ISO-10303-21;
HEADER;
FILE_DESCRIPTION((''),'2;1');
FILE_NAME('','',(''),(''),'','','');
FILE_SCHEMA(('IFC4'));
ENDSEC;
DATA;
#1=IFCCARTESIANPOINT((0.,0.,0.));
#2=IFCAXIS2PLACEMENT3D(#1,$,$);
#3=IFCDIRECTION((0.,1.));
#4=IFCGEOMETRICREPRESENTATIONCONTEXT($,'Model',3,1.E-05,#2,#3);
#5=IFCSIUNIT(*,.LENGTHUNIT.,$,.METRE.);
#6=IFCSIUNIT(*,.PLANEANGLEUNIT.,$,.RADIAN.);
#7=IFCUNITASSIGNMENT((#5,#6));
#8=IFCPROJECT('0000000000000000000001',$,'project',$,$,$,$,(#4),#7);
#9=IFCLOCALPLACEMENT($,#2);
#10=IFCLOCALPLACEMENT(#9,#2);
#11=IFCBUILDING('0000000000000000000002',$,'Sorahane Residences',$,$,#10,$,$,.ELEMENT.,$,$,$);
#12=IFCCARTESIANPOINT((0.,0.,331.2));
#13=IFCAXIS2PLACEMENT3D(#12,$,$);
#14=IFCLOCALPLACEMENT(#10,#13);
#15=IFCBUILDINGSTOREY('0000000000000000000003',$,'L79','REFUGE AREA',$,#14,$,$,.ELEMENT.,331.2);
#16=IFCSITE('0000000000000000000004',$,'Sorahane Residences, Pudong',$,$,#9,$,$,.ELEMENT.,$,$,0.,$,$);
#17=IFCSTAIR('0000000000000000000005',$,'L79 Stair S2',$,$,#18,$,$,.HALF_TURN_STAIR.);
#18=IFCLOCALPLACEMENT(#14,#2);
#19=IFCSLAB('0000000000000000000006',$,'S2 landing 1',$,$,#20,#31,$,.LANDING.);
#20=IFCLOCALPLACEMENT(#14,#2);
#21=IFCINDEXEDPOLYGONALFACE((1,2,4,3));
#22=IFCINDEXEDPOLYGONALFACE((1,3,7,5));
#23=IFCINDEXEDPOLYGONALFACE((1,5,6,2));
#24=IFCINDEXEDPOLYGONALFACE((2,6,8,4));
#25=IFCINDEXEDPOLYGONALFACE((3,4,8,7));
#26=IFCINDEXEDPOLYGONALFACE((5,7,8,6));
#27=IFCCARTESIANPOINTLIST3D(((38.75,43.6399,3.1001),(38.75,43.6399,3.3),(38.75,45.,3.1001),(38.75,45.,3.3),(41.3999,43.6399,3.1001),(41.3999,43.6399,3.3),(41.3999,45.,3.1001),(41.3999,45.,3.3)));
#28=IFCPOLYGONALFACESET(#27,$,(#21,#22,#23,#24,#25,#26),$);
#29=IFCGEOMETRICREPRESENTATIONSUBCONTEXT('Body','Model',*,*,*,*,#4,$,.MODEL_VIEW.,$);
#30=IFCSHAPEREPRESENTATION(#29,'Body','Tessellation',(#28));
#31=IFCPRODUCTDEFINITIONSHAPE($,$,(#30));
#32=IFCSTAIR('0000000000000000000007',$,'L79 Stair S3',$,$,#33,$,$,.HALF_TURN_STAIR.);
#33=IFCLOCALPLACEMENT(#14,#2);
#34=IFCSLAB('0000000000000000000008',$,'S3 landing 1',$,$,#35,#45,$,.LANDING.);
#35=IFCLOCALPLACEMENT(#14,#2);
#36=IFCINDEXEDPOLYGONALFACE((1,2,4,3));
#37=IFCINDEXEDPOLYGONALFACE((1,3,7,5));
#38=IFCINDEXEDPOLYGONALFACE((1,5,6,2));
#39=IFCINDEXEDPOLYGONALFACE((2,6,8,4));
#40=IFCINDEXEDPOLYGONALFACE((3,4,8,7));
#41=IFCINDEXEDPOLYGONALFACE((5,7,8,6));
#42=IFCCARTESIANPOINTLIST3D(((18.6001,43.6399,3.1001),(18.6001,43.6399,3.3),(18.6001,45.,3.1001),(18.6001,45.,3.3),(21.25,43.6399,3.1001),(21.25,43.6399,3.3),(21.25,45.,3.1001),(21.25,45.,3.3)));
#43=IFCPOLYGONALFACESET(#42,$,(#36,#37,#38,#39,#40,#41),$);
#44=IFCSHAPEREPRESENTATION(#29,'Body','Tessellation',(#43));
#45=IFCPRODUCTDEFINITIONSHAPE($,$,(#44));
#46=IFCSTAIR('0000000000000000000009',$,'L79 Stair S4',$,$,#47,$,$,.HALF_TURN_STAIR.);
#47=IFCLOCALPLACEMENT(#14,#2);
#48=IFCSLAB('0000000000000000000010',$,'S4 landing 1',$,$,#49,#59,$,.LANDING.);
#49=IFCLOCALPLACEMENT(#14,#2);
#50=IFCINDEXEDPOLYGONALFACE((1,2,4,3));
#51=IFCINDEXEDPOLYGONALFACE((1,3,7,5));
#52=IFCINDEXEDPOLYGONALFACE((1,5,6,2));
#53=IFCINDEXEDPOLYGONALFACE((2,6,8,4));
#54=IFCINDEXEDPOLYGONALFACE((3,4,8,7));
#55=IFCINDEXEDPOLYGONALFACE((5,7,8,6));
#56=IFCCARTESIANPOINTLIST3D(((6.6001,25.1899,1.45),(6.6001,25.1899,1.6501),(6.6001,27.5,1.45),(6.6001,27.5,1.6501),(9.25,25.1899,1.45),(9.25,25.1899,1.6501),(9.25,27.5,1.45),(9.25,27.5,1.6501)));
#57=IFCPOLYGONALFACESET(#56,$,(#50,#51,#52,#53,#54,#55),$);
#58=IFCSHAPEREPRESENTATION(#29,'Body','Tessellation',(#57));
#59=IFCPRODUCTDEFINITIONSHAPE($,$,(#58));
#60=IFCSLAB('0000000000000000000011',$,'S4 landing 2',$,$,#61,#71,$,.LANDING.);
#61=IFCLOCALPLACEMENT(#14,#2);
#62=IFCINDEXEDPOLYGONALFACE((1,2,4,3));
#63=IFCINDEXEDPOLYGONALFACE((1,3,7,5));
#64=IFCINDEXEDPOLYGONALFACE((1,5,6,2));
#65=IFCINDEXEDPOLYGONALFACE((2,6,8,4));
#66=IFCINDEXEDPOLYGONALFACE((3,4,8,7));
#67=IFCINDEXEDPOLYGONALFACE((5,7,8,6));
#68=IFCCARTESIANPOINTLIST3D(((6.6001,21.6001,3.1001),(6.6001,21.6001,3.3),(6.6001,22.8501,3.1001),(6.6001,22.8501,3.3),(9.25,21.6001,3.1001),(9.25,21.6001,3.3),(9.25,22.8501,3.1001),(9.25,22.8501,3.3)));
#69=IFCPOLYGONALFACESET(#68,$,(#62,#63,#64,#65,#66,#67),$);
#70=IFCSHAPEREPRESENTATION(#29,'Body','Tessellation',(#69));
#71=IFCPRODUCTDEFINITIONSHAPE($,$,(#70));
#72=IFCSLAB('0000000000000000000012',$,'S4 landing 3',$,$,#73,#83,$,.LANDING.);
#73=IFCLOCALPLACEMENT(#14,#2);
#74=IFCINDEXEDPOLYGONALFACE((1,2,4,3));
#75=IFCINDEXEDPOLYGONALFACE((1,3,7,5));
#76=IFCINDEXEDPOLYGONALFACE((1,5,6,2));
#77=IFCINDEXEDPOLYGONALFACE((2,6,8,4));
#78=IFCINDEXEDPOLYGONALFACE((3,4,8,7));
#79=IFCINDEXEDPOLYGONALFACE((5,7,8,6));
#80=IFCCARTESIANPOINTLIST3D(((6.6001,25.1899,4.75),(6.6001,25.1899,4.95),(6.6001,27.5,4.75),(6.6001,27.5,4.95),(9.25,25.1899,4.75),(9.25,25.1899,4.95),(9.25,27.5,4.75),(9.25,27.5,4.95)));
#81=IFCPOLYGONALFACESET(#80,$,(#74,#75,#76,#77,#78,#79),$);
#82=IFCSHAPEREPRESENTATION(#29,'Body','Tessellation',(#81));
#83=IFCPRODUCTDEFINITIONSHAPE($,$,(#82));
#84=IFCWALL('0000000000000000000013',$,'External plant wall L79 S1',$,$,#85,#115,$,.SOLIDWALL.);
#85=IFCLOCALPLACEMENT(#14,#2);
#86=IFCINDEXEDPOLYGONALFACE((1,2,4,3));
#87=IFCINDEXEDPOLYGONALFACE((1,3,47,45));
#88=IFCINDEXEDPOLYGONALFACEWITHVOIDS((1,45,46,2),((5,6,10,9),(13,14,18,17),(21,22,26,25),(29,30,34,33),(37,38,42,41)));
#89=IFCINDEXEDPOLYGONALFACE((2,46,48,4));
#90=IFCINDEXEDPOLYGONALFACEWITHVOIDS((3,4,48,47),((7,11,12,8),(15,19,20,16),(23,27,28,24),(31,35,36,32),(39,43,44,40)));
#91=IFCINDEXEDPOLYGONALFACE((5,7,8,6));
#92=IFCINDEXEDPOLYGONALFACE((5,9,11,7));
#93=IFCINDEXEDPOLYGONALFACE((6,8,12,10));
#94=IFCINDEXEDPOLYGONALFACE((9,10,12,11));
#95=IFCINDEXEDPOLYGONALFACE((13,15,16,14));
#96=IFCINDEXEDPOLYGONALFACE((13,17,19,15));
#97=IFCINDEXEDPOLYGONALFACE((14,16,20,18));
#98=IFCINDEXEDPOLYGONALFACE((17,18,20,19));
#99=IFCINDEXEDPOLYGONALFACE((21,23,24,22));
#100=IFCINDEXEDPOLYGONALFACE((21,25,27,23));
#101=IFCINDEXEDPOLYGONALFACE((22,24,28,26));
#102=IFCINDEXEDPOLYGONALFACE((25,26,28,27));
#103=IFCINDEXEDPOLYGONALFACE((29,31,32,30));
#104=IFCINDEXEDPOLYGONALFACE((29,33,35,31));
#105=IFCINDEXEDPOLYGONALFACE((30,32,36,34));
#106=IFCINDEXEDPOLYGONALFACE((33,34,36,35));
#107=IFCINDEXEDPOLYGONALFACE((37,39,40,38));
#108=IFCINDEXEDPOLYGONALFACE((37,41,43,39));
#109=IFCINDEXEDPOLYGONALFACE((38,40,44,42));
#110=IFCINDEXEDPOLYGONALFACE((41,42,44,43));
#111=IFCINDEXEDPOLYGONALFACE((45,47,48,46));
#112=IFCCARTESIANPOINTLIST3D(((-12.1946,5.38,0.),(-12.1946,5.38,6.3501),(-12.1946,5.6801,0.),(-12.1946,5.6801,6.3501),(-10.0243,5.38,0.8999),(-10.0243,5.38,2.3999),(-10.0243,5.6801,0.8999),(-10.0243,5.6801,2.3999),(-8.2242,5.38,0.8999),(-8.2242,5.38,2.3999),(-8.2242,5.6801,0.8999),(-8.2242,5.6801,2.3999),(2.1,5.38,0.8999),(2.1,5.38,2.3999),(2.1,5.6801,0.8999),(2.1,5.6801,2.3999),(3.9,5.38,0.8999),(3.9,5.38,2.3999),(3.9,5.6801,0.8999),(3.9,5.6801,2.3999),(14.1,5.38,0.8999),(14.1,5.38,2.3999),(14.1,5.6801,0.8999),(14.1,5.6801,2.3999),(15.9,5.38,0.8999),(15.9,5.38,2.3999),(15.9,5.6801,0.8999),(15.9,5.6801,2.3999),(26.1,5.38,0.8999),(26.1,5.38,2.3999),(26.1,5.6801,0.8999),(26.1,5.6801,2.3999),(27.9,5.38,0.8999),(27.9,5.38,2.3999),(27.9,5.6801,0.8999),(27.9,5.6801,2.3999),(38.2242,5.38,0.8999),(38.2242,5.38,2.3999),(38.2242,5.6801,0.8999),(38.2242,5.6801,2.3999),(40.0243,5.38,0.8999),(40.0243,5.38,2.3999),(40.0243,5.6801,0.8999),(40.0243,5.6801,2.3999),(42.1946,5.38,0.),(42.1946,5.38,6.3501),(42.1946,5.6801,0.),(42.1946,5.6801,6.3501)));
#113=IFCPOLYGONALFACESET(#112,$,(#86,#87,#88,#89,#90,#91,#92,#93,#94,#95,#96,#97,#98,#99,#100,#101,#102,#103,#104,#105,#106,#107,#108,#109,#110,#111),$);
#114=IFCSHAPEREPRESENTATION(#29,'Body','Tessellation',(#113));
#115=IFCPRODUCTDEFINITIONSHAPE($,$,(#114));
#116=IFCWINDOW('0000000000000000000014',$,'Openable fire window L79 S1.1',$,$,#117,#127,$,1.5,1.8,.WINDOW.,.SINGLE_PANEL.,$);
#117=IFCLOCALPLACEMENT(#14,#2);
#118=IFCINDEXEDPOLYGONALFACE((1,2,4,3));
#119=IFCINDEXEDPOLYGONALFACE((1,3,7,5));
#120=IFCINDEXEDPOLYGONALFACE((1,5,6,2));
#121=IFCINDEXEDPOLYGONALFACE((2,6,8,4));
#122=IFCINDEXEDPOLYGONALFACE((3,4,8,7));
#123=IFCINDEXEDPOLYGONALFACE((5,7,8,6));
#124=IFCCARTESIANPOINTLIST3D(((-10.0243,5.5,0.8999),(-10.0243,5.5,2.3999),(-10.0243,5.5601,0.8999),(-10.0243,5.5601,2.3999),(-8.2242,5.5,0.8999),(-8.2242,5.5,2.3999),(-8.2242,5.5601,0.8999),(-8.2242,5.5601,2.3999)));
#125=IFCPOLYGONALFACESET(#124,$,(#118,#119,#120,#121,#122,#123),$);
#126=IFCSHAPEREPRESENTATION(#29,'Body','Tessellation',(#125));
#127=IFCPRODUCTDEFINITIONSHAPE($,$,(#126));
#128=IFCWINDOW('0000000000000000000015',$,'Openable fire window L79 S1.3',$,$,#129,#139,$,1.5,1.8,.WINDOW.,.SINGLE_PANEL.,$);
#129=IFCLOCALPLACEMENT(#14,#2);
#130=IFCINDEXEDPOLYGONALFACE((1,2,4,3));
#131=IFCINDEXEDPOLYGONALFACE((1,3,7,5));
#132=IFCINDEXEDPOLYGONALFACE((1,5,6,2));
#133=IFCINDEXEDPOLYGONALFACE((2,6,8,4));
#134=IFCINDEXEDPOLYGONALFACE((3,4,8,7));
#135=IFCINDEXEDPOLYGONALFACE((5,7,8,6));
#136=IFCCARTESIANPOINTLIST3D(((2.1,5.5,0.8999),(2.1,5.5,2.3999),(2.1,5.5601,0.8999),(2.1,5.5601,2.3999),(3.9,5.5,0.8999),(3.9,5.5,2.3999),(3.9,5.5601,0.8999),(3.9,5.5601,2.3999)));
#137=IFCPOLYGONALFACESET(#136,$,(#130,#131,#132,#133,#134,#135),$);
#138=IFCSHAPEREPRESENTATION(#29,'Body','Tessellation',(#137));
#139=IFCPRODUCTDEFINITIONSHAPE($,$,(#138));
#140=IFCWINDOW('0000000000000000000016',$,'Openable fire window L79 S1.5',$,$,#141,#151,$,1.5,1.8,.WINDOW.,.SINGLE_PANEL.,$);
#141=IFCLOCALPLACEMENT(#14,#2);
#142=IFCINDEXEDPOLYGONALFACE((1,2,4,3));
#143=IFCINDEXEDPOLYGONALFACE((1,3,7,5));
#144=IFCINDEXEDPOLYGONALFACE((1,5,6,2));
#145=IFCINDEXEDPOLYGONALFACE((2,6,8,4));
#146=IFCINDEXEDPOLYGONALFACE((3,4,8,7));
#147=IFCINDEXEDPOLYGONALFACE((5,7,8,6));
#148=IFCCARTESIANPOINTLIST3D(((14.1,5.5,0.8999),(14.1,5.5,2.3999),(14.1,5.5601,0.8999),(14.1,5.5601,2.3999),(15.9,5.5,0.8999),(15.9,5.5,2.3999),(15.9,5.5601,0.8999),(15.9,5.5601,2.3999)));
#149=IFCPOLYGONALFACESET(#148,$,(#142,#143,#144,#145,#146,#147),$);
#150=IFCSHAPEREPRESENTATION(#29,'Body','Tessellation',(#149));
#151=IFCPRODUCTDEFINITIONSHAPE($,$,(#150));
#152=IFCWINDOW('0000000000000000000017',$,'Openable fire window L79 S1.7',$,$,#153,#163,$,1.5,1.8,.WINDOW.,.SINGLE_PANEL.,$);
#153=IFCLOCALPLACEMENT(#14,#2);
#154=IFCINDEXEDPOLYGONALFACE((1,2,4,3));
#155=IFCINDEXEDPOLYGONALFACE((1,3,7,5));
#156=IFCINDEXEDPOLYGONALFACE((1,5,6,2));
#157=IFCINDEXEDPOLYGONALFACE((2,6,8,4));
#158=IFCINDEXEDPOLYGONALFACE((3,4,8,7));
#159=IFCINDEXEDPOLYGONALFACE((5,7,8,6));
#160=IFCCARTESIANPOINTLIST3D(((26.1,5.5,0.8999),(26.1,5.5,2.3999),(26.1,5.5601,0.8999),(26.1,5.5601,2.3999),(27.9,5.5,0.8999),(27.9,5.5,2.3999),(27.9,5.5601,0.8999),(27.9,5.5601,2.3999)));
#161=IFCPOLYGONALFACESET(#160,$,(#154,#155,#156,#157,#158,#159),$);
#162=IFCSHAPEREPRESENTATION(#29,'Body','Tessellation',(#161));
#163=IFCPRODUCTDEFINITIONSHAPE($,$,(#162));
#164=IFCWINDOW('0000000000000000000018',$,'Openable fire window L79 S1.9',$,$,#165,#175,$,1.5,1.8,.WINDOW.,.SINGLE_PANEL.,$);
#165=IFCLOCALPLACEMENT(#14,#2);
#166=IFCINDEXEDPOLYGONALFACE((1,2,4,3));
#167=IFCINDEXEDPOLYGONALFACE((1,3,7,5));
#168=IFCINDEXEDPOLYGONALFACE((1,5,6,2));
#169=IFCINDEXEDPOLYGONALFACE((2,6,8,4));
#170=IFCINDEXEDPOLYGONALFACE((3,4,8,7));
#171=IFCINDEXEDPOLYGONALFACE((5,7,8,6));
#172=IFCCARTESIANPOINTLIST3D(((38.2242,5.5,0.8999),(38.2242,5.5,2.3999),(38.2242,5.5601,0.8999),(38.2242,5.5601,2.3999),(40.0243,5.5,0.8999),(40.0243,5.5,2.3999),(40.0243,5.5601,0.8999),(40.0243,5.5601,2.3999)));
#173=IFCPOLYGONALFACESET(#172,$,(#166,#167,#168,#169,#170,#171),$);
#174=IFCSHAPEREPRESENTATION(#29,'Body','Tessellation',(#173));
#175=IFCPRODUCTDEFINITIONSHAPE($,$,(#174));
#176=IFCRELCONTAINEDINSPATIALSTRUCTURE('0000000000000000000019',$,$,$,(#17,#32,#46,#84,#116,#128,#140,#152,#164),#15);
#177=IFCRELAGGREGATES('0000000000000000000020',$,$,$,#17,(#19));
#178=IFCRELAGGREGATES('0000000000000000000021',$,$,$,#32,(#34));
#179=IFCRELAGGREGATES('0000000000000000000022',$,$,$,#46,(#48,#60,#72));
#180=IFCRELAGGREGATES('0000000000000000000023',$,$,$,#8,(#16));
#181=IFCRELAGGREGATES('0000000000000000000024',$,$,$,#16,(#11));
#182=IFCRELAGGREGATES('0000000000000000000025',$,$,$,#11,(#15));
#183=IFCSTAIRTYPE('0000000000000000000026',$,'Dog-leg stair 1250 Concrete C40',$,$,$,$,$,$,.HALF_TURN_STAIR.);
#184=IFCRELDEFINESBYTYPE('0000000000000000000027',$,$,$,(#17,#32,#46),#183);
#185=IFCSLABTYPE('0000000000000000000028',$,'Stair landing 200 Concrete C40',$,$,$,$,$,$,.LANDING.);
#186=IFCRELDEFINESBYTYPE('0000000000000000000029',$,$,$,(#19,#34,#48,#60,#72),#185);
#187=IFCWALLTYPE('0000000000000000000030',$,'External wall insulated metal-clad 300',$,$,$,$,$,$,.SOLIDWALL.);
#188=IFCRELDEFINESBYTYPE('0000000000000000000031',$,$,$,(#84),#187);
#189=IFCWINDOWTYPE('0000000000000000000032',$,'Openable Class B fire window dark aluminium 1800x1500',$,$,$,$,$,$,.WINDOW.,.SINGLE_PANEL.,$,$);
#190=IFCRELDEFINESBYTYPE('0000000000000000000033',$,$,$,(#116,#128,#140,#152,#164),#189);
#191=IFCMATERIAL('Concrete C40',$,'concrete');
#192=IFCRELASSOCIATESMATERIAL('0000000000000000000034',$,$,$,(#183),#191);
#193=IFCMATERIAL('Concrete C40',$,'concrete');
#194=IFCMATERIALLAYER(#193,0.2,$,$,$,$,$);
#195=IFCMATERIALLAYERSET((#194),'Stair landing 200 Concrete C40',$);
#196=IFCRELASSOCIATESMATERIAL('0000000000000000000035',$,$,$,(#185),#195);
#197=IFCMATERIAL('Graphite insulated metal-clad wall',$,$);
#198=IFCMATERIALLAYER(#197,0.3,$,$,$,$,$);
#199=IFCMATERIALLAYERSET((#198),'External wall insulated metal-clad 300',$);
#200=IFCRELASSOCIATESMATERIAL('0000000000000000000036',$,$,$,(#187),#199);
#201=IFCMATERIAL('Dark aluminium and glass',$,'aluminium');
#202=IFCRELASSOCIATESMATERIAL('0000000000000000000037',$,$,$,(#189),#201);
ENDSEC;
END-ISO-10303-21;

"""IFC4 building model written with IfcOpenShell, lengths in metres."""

from ifc_helpers import new_model, si_unit, direction, frame, frame_2d, origin, place, context, subcontext, project, spatial, polyline, rectangle, outline, extrude, material, layer, layer_set, type_object, element, fill, aggregate, save


model = new_model("IFC4")

# Units and contexts
model_context = context("Model", 3, precision=1e-05, world=origin(), true_north=direction((0.0, 1.0)))
body_context = subcontext(model_context, "Body", "Model", "MODEL_VIEW")
ifc_project = project(units=[si_unit("LENGTHUNIT", "METRE"), si_unit("PLANEANGLEUNIT", "RADIAN")], contexts=[model_context])

# Site, building, storey
site_placement = place(None, origin())
site = spatial("IfcSite", under=ifc_project, at=site_placement, Name="Sorahane Residences, Pudong", CompositionType="ELEMENT", RefElevation=0.0)
building_placement = place(site_placement, origin())
building = spatial("IfcBuilding", under=site, at=building_placement, Name="Sorahane Residences", CompositionType="ELEMENT")
storey_placement = place(building_placement, frame((0.0, 0.0, 331.2)))
storey = spatial("IfcBuildingStorey", under=building, at=storey_placement, Name="L79", Description="REFUGE AREA", CompositionType="ELEMENT", Elevation=331.2)

# Stairs, slabs
ifc_material_1 = material(Name="Concrete C40", Category="concrete")
stair_type = type_object("IfcStairType", Name="Dog-leg stair 1250 Concrete C40", PredefinedType="HALF_TURN_STAIR", material=ifc_material_1)
ifc_material_2 = material(Name="Concrete C40", Category="concrete")
ifc_layer_1 = layer(ifc_material_2, 0.2)
ifc_layer_set_1 = layer_set([ifc_layer_1], Name="Stair landing 200 Concrete C40")
slab_type_1 = type_object("IfcSlabType", Name="Stair landing 200 Concrete C40", PredefinedType="LANDING", material=ifc_layer_set_1)
stair_1_placement = place(storey_placement, origin())
stair_1 = element("IfcStair", 1, at=stair_1_placement, inside=storey, type_object=stair_type, Name="L79 Stair S2", PredefinedType="HALF_TURN_STAIR")
slab_1_placement = place(storey_placement, frame((0.0, 0.0, 3.1001)))
slab_1 = element("IfcSlab", 2, at=slab_1_placement, type_object=slab_type_1, Name="S2 landing 1", PredefinedType="LANDING", context=body_context, shape_type="SweptSolid", body=[
    extrude(outline(polyline([(41.3999, 43.6399), (41.3999, 45.0), (38.75, 45.0), (38.75, 43.6399), (41.3999, 43.6399)])), origin(), (0.0, 0.0, 1.0), 0.2),
])
aggregate(stair_1, [slab_1])
stair_2_placement = place(storey_placement, origin())
stair_2 = element("IfcStair", 3, at=stair_2_placement, inside=storey, type_object=stair_type, Name="L79 Stair S3", PredefinedType="HALF_TURN_STAIR")
slab_2_placement = place(storey_placement, frame((0.0, 0.0, 3.1001)))
slab_2 = element("IfcSlab", 4, at=slab_2_placement, type_object=slab_type_1, Name="S3 landing 1", PredefinedType="LANDING", context=body_context, shape_type="SweptSolid", body=[
    extrude(outline(polyline([(21.25, 43.6399), (21.25, 45.0), (18.6001, 45.0), (18.6001, 43.6399), (21.25, 43.6399)])), origin(), (0.0, 0.0, 1.0), 0.2),
])
aggregate(stair_2, [slab_2])

# Stair, slabs
stair_3_placement = place(storey_placement, origin())
stair_3 = element("IfcStair", 5, at=stair_3_placement, inside=storey, type_object=stair_type, Name="L79 Stair S4", PredefinedType="HALF_TURN_STAIR")
slab_3_placement = place(storey_placement, frame((0.0, 0.0, 1.45)))
slab_3 = element("IfcSlab", 6, at=slab_3_placement, type_object=slab_type_1, Name="S4 landing 1", PredefinedType="LANDING", context=body_context, shape_type="SweptSolid", body=[
    extrude(outline(polyline([(9.25, 25.1899), (9.25, 27.5), (6.6001, 27.5), (6.6001, 25.1899), (9.25, 25.1899)])), origin(), (0.0, 0.0, 1.0), 0.2002),
])
slab_4_placement = place(storey_placement, frame((0.0, 0.0, 3.1001)))
slab_4 = element("IfcSlab", 7, at=slab_4_placement, type_object=slab_type_1, Name="S4 landing 2", PredefinedType="LANDING", context=body_context, shape_type="SweptSolid", body=[
    extrude(outline(polyline([(9.25, 21.6001), (9.25, 22.8501), (6.6001, 22.8501), (6.6001, 21.6001), (9.25, 21.6001)])), origin(), (0.0, 0.0, 1.0), 0.2),
])
slab_5_placement = place(storey_placement, frame((0.0, 0.0, 4.75)))
slab_5 = element("IfcSlab", 8, at=slab_5_placement, type_object=slab_type_1, Name="S4 landing 3", PredefinedType="LANDING", context=body_context, shape_type="SweptSolid", body=[
    extrude(outline(polyline([(9.25, 25.1899), (9.25, 27.5), (6.6001, 27.5), (6.6001, 25.1899), (9.25, 25.1899)])), origin(), (0.0, 0.0, 1.0), 0.2),
])
aggregate(stair_3, [slab_3, slab_4, slab_5])

# Wall, openings, windows
ifc_material_3 = material(Name="Graphite insulated metal-clad wall")
ifc_layer_2 = layer(ifc_material_3, 0.3)
ifc_layer_set_2 = layer_set([ifc_layer_2], Name="External wall insulated metal-clad 300")
wall_type_1 = type_object("IfcWallType", Name="External wall insulated metal-clad 300", PredefinedType="SOLIDWALL", material=ifc_layer_set_2)
wall_1_placement = place(storey_placement, frame((-12.1946, 5.53, 0.0), z_axis=(0.0, 0.0, 1.0), x_axis=(1.0, 0.0, 0.0)))
wall_1 = element("IfcWall", 9, at=wall_1_placement, inside=storey, type_object=wall_type_1, Name="External plant wall L79 S1", PredefinedType="SOLIDWALL", context=body_context, shape_type="SweptSolid", body=[
    extrude(rectangle(XDim=54.3892, YDim=0.3, at=frame_2d((27.1946, 0.0))), origin(), (0.0, 0.0, 1.0), 6.3501),
])
opening_1_placement = place(wall_1_placement, frame((2.1704, 0.0, 0.8999)))
opening_1 = element("IfcOpeningElement", 10, at=opening_1_placement, cuts=wall_1, PredefinedType="OPENING", context=body_context, shape_type="SweptSolid", body=[
    extrude(rectangle(XDim=1.8, YDim=1.5, at=frame_2d((0.8999, 0.75))), frame((0.0, 0.1599, 0.0), z_axis=(0.0, -1.0, 0.0), x_axis=(1.0, 0.0, 0.0)), (0.0, 0.0, 1.0), 0.3201),
])
opening_2_placement = place(wall_1_placement, frame((14.2947, 0.0, 0.8999)))
opening_2 = element("IfcOpeningElement", 11, at=opening_2_placement, cuts=wall_1, PredefinedType="OPENING", context=body_context, shape_type="SweptSolid", body=[
    extrude(rectangle(XDim=1.8, YDim=1.5, at=frame_2d((0.8999, 0.75))), frame((0.0, 0.1599, 0.0), z_axis=(0.0, -1.0, 0.0), x_axis=(1.0, 0.0, 0.0)), (0.0, 0.0, 1.0), 0.3201),
])
opening_3_placement = place(wall_1_placement, frame((26.2947, 0.0, 0.8999)))
opening_3 = element("IfcOpeningElement", 12, at=opening_3_placement, cuts=wall_1, PredefinedType="OPENING", context=body_context, shape_type="SweptSolid", body=[
    extrude(rectangle(XDim=1.8, YDim=1.5, at=frame_2d((0.8999, 0.75))), frame((0.0, 0.1599, 0.0), z_axis=(0.0, -1.0, 0.0), x_axis=(1.0, 0.0, 0.0)), (0.0, 0.0, 1.0), 0.3201),
])
opening_4_placement = place(wall_1_placement, frame((38.2947, 0.0, 0.8999)))
opening_4 = element("IfcOpeningElement", 13, at=opening_4_placement, cuts=wall_1, PredefinedType="OPENING", context=body_context, shape_type="SweptSolid", body=[
    extrude(rectangle(XDim=1.8, YDim=1.5, at=frame_2d((0.8999, 0.75))), frame((0.0, 0.1599, 0.0), z_axis=(0.0, -1.0, 0.0), x_axis=(1.0, 0.0, 0.0)), (0.0, 0.0, 1.0), 0.3201),
])
opening_5_placement = place(wall_1_placement, frame((50.4189, 0.0, 0.8999)))
opening_5 = element("IfcOpeningElement", 14, at=opening_5_placement, cuts=wall_1, PredefinedType="OPENING", context=body_context, shape_type="SweptSolid", body=[
    extrude(rectangle(XDim=1.8, YDim=1.5, at=frame_2d((0.8999, 0.75))), frame((0.0, 0.1599, 0.0), z_axis=(0.0, -1.0, 0.0), x_axis=(1.0, 0.0, 0.0)), (0.0, 0.0, 1.0), 0.3201),
])
ifc_material_4 = material(Name="Dark aluminium and glass", Category="aluminium")
window_type_1 = type_object("IfcWindowType", Name="Openable Class B fire window dark aluminium 1800x1500", PartitioningType="SINGLE_PANEL", PredefinedType="WINDOW", material=ifc_material_4)
window_1_placement = place(opening_1_placement, origin())
window_1 = element("IfcWindow", 15, at=window_1_placement, inside=storey, type_object=window_type_1, Name="Openable fire window L79 S1.1", OverallHeight=1.5, OverallWidth=1.8, PartitioningType="SINGLE_PANEL", PredefinedType="WINDOW", context=body_context, shape_type="SweptSolid", body=[
    extrude(rectangle(XDim=1.8, YDim=1.5, at=frame_2d((0.8999, 0.75))), frame((0.0, 0.03, 0.0), z_axis=(0.0, -1.0, 0.0), x_axis=(1.0, 0.0, 0.0)), (0.0, 0.0, 1.0), 0.0601),
])
fill(opening_1, window_1)
window_2_placement = place(opening_2_placement, origin())
window_2 = element("IfcWindow", 16, at=window_2_placement, inside=storey, type_object=window_type_1, Name="Openable fire window L79 S1.3", OverallHeight=1.5, OverallWidth=1.8, PartitioningType="SINGLE_PANEL", PredefinedType="WINDOW", context=body_context, shape_type="SweptSolid", body=[
    extrude(rectangle(XDim=1.8, YDim=1.5, at=frame_2d((0.8999, 0.75))), frame((0.0, 0.03, 0.0), z_axis=(0.0, -1.0, 0.0), x_axis=(1.0, 0.0, 0.0)), (0.0, 0.0, 1.0), 0.0601),
])
fill(opening_2, window_2)
window_3_placement = place(opening_3_placement, origin())
window_3 = element("IfcWindow", 17, at=window_3_placement, inside=storey, type_object=window_type_1, Name="Openable fire window L79 S1.5", OverallHeight=1.5, OverallWidth=1.8, PartitioningType="SINGLE_PANEL", PredefinedType="WINDOW", context=body_context, shape_type="SweptSolid", body=[
    extrude(rectangle(XDim=1.8, YDim=1.5, at=frame_2d((0.8999, 0.75))), frame((0.0, 0.03, 0.0), z_axis=(0.0, -1.0, 0.0), x_axis=(1.0, 0.0, 0.0)), (0.0, 0.0, 1.0), 0.0601),
])
fill(opening_3, window_3)
window_4_placement = place(opening_4_placement, origin())
window_4 = element("IfcWindow", 18, at=window_4_placement, inside=storey, type_object=window_type_1, Name="Openable fire window L79 S1.7", OverallHeight=1.5, OverallWidth=1.8, PartitioningType="SINGLE_PANEL", PredefinedType="WINDOW", context=body_context, shape_type="SweptSolid", body=[
    extrude(rectangle(XDim=1.8, YDim=1.5, at=frame_2d((0.8999, 0.75))), frame((0.0, 0.03, 0.0), z_axis=(0.0, -1.0, 0.0), x_axis=(1.0, 0.0, 0.0)), (0.0, 0.0, 1.0), 0.0601),
])
fill(opening_4, window_4)
window_5_placement = place(opening_5_placement, origin())
window_5 = element("IfcWindow", 19, at=window_5_placement, inside=storey, type_object=window_type_1, Name="Openable fire window L79 S1.9", OverallHeight=1.5, OverallWidth=1.8, PartitioningType="SINGLE_PANEL", PredefinedType="WINDOW", context=body_context, shape_type="SweptSolid", body=[
    extrude(rectangle(XDim=1.8, YDim=1.5, at=frame_2d((0.8999, 0.75))), frame((0.0, 0.03, 0.0), z_axis=(0.0, -1.0, 0.0), x_axis=(1.0, 0.0, 0.0)), (0.0, 0.0, 1.0), 0.0601),
])
fill(opening_5, window_5)

save(model, "model.ifc")
